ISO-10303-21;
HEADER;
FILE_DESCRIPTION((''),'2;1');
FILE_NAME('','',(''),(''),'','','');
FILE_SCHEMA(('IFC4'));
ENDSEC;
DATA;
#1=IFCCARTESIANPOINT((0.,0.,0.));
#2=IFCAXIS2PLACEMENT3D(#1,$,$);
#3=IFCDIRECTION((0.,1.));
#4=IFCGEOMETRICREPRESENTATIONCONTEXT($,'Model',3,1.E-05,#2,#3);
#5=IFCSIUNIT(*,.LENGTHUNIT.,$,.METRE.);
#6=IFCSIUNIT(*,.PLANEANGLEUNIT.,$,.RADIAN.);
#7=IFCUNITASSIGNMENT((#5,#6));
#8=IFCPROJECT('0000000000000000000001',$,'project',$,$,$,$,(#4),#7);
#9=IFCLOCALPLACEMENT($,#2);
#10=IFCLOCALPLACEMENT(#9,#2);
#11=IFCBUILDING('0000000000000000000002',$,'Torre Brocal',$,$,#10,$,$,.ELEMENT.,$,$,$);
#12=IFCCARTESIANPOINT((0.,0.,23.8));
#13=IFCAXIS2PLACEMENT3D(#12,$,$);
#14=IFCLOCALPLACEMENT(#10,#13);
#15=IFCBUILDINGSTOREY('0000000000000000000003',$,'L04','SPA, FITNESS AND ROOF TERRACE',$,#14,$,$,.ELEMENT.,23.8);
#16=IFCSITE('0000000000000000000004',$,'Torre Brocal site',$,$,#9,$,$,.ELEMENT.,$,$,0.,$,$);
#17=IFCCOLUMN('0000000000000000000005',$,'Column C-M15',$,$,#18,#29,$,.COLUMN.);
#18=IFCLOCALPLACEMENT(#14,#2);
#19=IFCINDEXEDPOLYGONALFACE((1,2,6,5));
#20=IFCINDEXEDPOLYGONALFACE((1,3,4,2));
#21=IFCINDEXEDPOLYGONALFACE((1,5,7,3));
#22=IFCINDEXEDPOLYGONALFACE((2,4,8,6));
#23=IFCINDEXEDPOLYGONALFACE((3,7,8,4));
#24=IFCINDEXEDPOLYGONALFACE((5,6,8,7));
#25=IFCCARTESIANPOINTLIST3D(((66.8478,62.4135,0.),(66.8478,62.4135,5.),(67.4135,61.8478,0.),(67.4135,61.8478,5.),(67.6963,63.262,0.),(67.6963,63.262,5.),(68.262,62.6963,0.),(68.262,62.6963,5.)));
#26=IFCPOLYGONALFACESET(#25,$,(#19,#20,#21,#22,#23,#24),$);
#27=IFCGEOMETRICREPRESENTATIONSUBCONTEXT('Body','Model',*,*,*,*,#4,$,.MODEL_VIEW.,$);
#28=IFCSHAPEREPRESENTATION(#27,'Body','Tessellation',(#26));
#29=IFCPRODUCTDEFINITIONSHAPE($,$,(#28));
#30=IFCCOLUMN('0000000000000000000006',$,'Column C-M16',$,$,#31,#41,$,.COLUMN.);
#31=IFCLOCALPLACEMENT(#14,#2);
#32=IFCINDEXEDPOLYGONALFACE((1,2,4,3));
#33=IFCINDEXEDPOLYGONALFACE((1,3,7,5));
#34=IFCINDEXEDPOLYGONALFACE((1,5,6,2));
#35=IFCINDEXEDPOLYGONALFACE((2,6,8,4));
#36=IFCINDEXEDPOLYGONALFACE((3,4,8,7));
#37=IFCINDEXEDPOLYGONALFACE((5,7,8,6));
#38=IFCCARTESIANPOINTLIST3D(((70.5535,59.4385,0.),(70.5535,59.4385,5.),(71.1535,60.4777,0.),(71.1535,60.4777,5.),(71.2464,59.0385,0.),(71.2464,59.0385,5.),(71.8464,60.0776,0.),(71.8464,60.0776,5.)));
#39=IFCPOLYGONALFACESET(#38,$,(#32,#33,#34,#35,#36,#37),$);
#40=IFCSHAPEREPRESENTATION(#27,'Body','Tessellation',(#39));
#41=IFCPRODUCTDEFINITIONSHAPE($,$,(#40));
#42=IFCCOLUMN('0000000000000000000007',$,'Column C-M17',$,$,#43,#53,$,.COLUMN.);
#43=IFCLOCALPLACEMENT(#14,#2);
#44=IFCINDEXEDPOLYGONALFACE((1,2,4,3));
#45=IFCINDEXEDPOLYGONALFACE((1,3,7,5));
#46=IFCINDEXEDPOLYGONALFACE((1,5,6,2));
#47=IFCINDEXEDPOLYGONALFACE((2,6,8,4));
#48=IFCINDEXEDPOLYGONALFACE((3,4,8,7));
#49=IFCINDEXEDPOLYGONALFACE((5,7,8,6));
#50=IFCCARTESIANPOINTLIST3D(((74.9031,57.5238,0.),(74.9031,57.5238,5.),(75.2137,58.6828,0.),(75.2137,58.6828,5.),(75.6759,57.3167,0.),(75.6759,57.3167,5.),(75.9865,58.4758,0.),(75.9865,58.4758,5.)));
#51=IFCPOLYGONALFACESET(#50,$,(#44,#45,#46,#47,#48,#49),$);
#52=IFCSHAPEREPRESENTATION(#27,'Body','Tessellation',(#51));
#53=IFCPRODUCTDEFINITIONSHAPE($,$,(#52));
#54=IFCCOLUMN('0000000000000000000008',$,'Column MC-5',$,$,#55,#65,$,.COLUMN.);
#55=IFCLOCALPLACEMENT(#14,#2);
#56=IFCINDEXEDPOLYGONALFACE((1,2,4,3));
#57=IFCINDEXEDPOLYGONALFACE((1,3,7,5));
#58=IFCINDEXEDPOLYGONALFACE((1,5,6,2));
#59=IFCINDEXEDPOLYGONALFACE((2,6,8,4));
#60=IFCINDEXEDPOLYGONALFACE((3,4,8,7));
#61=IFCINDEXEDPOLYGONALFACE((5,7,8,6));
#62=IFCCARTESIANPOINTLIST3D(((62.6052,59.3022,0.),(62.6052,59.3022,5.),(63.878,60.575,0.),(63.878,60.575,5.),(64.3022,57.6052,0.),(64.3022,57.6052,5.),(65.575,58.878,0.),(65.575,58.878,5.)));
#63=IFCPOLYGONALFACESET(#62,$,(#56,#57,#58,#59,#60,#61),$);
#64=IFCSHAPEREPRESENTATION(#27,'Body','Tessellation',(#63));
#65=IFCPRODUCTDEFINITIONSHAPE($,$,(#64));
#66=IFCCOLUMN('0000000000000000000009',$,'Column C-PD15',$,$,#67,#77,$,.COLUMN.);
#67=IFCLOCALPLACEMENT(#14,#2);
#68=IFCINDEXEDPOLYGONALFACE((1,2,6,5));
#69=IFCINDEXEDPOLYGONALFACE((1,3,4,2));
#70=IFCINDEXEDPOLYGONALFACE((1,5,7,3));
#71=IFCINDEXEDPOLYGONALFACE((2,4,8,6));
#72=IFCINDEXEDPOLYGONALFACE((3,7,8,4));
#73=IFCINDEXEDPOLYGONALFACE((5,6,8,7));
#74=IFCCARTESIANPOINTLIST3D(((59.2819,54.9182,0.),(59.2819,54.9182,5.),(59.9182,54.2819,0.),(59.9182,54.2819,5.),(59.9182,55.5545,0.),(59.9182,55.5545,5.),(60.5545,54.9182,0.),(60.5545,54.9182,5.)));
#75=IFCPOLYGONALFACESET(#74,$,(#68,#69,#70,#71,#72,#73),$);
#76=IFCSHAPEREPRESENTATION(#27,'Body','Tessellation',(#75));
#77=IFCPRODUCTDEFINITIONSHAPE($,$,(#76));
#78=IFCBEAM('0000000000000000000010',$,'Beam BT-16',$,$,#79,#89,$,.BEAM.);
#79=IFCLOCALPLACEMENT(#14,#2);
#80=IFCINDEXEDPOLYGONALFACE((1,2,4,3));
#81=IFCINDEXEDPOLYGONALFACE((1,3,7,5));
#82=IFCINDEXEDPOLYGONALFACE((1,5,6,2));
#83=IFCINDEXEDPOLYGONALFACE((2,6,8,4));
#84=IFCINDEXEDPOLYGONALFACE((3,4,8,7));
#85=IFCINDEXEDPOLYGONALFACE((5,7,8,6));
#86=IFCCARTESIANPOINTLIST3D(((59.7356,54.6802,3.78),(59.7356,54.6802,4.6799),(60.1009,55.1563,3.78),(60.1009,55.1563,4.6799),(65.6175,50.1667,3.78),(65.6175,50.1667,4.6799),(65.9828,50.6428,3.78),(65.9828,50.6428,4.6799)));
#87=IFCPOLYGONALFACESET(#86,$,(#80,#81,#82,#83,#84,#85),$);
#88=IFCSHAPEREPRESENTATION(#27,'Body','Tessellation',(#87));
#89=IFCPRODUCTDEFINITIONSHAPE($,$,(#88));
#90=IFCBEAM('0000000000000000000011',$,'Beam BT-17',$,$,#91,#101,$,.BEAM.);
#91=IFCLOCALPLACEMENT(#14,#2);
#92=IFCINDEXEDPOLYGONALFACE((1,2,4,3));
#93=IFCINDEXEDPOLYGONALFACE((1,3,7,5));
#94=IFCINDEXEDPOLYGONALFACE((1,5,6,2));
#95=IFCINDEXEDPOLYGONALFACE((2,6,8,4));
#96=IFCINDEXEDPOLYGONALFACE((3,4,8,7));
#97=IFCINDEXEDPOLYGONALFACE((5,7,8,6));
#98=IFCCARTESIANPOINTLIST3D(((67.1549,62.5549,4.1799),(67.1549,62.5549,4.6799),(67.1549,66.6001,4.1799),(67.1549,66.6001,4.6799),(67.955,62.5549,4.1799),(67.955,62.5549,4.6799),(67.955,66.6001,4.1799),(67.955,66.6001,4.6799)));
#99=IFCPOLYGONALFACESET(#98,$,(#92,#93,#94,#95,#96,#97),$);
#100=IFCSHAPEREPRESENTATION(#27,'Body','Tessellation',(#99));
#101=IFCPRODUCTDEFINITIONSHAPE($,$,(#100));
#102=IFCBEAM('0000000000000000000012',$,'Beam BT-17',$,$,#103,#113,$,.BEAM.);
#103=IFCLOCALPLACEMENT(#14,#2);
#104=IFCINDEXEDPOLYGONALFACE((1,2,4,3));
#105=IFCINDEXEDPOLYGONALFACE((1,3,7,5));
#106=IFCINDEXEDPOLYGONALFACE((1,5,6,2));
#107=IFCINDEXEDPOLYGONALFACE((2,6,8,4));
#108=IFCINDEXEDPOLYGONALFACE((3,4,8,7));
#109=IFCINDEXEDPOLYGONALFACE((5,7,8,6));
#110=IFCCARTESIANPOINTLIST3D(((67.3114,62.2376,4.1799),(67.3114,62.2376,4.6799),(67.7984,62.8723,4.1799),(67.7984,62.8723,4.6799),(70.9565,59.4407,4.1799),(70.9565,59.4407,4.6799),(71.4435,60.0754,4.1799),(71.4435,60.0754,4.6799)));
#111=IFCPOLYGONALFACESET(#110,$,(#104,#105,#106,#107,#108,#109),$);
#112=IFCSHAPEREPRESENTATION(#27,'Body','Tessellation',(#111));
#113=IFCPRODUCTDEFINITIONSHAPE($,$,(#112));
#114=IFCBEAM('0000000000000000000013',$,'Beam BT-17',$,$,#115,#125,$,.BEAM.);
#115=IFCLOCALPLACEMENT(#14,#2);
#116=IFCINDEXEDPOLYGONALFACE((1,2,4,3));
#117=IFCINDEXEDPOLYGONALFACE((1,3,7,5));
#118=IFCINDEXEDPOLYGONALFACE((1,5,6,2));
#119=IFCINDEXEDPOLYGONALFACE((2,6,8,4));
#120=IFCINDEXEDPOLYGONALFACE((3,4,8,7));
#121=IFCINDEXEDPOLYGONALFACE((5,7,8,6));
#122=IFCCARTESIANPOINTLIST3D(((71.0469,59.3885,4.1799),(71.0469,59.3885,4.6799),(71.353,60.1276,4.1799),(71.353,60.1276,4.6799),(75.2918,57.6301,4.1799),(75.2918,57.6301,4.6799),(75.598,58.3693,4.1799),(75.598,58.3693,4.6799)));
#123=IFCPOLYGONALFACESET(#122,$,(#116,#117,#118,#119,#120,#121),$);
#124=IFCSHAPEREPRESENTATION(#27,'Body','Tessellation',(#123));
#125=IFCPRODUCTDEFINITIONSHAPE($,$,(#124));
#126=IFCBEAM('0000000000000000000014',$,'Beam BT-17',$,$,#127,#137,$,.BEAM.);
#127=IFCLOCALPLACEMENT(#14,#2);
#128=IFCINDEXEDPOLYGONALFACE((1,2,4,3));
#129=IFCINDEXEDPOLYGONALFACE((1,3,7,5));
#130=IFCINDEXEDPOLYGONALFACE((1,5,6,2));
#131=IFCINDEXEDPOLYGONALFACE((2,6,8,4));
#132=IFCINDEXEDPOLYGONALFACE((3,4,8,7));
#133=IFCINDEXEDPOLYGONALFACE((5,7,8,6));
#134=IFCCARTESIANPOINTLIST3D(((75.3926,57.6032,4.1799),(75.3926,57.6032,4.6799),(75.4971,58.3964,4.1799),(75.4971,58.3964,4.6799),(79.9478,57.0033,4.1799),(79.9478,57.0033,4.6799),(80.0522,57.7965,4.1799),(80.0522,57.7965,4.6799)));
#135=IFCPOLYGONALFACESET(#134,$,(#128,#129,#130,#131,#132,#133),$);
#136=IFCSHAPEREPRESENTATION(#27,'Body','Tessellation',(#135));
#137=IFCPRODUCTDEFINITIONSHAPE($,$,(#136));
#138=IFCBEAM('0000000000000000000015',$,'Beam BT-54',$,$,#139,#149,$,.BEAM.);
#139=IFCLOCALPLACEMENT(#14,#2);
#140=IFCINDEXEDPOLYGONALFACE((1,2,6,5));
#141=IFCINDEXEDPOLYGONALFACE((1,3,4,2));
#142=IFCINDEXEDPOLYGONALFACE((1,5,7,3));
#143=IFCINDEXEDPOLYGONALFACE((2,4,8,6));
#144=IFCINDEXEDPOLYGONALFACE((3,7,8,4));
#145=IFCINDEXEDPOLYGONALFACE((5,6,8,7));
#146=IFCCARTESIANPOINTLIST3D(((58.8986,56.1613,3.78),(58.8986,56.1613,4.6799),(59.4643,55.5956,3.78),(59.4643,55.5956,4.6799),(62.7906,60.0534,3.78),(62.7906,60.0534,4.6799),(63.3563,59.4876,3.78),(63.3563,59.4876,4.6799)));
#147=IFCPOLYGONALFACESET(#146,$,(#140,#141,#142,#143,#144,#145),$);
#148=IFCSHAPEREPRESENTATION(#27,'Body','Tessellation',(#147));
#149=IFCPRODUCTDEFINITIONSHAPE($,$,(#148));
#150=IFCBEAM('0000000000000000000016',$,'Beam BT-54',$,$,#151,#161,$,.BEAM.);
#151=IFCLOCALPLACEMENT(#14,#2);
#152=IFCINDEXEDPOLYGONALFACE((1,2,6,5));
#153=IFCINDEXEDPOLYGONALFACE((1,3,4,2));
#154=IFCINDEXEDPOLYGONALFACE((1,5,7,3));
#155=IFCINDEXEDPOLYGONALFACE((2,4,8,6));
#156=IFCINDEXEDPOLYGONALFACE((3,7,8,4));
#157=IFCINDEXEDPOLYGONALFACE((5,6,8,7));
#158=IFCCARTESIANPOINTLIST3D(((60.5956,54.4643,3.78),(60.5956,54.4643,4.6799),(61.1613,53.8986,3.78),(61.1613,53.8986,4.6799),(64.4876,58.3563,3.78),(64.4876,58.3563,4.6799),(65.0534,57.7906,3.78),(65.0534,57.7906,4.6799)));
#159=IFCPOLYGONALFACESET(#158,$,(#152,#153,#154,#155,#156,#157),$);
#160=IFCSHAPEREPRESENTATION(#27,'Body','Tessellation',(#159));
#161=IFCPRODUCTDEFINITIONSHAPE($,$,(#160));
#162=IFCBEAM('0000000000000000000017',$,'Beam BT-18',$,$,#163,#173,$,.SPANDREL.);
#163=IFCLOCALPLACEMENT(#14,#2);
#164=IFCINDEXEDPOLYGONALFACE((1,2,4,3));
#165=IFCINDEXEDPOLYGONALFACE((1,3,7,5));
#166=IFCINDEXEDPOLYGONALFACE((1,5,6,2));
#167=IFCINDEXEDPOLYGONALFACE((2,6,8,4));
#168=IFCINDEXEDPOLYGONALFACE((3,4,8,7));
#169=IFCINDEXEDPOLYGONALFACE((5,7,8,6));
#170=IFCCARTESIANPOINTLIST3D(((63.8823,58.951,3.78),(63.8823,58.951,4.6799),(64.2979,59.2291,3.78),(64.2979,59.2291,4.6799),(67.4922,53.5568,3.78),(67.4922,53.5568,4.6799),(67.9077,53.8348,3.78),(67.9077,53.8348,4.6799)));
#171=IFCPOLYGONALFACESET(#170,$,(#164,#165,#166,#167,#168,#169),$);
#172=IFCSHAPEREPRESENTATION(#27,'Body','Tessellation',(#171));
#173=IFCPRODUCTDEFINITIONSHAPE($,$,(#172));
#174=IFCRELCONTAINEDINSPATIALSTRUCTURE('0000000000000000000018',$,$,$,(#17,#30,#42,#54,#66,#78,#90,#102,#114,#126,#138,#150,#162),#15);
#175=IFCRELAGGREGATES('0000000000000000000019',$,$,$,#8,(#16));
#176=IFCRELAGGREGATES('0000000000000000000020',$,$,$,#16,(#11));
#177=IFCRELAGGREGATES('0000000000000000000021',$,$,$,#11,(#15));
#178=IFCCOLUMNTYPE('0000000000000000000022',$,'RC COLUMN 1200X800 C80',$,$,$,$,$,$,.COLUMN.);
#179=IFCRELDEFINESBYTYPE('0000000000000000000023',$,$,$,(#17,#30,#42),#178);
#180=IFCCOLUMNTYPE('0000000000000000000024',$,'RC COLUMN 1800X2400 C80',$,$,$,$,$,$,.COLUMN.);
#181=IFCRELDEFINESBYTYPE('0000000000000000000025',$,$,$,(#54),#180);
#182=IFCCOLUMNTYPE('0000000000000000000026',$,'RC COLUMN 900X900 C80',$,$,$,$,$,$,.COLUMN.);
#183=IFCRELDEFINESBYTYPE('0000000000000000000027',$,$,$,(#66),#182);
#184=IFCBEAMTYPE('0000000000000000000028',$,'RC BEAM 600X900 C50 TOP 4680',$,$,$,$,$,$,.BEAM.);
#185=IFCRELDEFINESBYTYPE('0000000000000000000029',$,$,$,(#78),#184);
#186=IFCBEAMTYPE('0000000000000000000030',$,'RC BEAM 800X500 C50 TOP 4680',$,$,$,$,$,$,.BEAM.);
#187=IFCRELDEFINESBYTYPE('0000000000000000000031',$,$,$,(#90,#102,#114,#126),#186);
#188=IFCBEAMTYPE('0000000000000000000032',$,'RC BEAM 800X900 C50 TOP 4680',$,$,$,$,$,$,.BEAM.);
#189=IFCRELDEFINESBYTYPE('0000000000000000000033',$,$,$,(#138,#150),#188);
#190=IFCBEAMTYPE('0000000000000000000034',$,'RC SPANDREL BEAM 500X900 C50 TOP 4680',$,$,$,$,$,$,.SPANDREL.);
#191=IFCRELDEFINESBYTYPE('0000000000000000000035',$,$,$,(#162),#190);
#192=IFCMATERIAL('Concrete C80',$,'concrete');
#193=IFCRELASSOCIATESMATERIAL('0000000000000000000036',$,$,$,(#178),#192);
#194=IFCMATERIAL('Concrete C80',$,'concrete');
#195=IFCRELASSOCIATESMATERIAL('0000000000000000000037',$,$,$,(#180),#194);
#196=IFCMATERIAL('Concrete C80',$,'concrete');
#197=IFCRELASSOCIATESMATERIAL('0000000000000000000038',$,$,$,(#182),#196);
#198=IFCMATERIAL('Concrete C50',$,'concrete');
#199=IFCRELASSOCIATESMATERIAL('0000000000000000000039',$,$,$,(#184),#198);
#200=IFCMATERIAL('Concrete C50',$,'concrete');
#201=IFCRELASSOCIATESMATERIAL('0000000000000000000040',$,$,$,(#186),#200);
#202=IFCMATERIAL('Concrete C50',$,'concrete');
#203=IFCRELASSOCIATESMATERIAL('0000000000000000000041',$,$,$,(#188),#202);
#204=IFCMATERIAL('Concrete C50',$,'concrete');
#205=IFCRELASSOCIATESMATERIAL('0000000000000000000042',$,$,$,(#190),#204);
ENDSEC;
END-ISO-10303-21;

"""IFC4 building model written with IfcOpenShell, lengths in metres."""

from ifc_helpers import new_model, si_unit, direction, frame, origin, origin_2d, place, context, subcontext, project, spatial, rectangle, extrude, material, material_profile, profile_set, type_object, element, save


model = new_model("IFC4")

# Units and contexts
model_context = context("Model", 3, precision=1e-05, world=origin(), true_north=direction((0.0, 1.0)))
body_context = subcontext(model_context, "Body", "Model", "MODEL_VIEW")
ifc_project = project(units=[si_unit("LENGTHUNIT", "METRE"), si_unit("PLANEANGLEUNIT", "RADIAN")], contexts=[model_context])

# Site, building, storey
site_placement = place(None, origin())
site = spatial("IfcSite", under=ifc_project, at=site_placement, Name="Torre Brocal site", CompositionType="ELEMENT", RefElevation=0.0)
building_placement = place(site_placement, origin())
building = spatial("IfcBuilding", under=site, at=building_placement, Name="Torre Brocal", CompositionType="ELEMENT")
storey_placement = place(building_placement, frame((0.0, 0.0, 23.8)))
storey = spatial("IfcBuildingStorey", under=building, at=storey_placement, Name="L04", Description="SPA, FITNESS AND ROOF TERRACE", CompositionType="ELEMENT", Elevation=23.8)

# Columns
ifc_material_1 = material(Name="Concrete C80", Category="concrete")
ifc_material_profile_1 = material_profile(ifc_material_1, rectangle(XDim=1.2, YDim=0.8, at=origin_2d()), Name="RC 1200X800")
ifc_profile_set_1 = profile_set([ifc_material_profile_1], Name="Concrete C80")
column_type_1 = type_object("IfcColumnType", Name="RC COLUMN 1200X800 C80", PredefinedType="COLUMN", material=ifc_profile_set_1)
for number, where, z_axis, x_axis, name in (
    (1, (67.5549, 62.5549, 0.0), (0.0, 0.0, 1.0), (-0.707107, -0.707107, 0.0), "Column C-M15"),
    (2, (71.2, 59.7581, 0.0), (0.0, 0.0, 1.0), (-0.5, -0.866025, 0.0), "Column C-M16"),
    (3, (75.4448, 57.9998, 0.0), (0.0, 0.0, 1.0), (-0.258819, -0.965926, 0.0), "Column C-M17"),
):
    element("IfcColumn", number, at=place(storey_placement, frame(where, z_axis=z_axis, x_axis=x_axis)), inside=storey, type_object=column_type_1, Name=name, PredefinedType="COLUMN", context=body_context, shape_type="SweptSolid", body=[
        extrude(rectangle(XDim=1.2, YDim=0.8, at=origin_2d()), origin(), (0.0, 0.0, 1.0), 5.0),
    ])
ifc_material_2 = material(Name="Concrete C80", Category="concrete")
ifc_material_profile_2 = material_profile(ifc_material_2, rectangle(XDim=1.8, YDim=2.3999, at=origin_2d()), Name="RC 1800X2400")
ifc_profile_set_2 = profile_set([ifc_material_profile_2], Name="Concrete C80")
column_type_2 = type_object("IfcColumnType", Name="RC COLUMN 1800X2400 C80", PredefinedType="COLUMN", material=ifc_profile_set_2)
column_1_placement = place(storey_placement, frame((64.0901, 59.0901, 0.0), z_axis=(0.0, 0.0, 1.0), x_axis=(-0.707107, -0.707107, 0.0)))
element("IfcColumn", 4, at=column_1_placement, inside=storey, type_object=column_type_2, Name="Column MC-5", PredefinedType="COLUMN", context=body_context, shape_type="SweptSolid", body=[
    extrude(rectangle(XDim=1.8, YDim=2.3999, at=origin_2d()), origin(), (0.0, 0.0, 1.0), 5.0),
])
ifc_material_3 = material(Name="Concrete C80", Category="concrete")
ifc_material_profile_3 = material_profile(ifc_material_3, rectangle(XDim=0.8999, YDim=0.8999, at=origin_2d()), Name="RC 900X900")
ifc_profile_set_3 = profile_set([ifc_material_profile_3], Name="Concrete C80")
column_type_3 = type_object("IfcColumnType", Name="RC COLUMN 900X900 C80", PredefinedType="COLUMN", material=ifc_profile_set_3)
column_2_placement = place(storey_placement, frame((59.9182, 54.9182, 0.0), z_axis=(0.0, 0.0, 1.0), x_axis=(-0.707107, -0.707107, 0.0)))
element("IfcColumn", 5, at=column_2_placement, inside=storey, type_object=column_type_3, Name="Column C-PD15", PredefinedType="COLUMN", context=body_context, shape_type="SweptSolid", body=[
    extrude(rectangle(XDim=0.8999, YDim=0.8999, at=origin_2d()), origin(), (0.0, 0.0, 1.0), 5.0),
])

# Beams
ifc_material_4 = material(Name="Concrete C50", Category="concrete")
ifc_material_profile_4 = material_profile(ifc_material_4, rectangle(XDim=0.6001, YDim=0.8999, at=origin_2d()), Name="RC 600X900")
ifc_profile_set_4 = profile_set([ifc_material_profile_4], Name="Concrete C50")
beam_type_1 = type_object("IfcBeamType", Name="RC BEAM 600X900 C50 TOP 4680", PredefinedType="BEAM", material=ifc_profile_set_4)
beam_1_placement = place(storey_placement, frame((59.9182, 54.9182, 4.23), z_axis=(0.793344, -0.608773, 0.0), x_axis=(0.608773, 0.793344, 0.0)))
element("IfcBeam", 6, at=beam_1_placement, inside=storey, type_object=beam_type_1, Name="Beam BT-16", PredefinedType="BEAM", context=body_context, shape_type="SweptSolid", body=[
    extrude(rectangle(XDim=0.6001, YDim=0.8999, at=origin_2d()), origin(), (0.0, 0.0, 1.0), 7.4141),
])
ifc_material_5 = material(Name="Concrete C50", Category="concrete")
ifc_material_profile_5 = material_profile(ifc_material_5, rectangle(XDim=0.8, YDim=0.5, at=origin_2d()), Name="RC 800X500")
ifc_profile_set_5 = profile_set([ifc_material_profile_5], Name="Concrete C50")
beam_type_2 = type_object("IfcBeamType", Name="RC BEAM 800X500 C50 TOP 4680", PredefinedType="BEAM", material=ifc_profile_set_5)
beam_2_placement = place(storey_placement, frame((67.5549, 62.5549, 4.4299), z_axis=(0.0, 1.0, 0.0), x_axis=(-1.0, 0.0, 0.0)))
element("IfcBeam", 7, at=beam_2_placement, inside=storey, type_object=beam_type_2, Name="Beam BT-17", PredefinedType="BEAM", context=body_context, shape_type="SweptSolid", body=[
    extrude(rectangle(XDim=0.8, YDim=0.5, at=origin_2d()), origin(), (0.0, 0.0, 1.0), 4.0452),
])
beam_3_placement = place(storey_placement, frame((67.5549, 62.5549, 4.4299), z_axis=(0.793358, -0.608755, 0.0), x_axis=(0.608755, 0.793358, 0.0)))
element("IfcBeam", 8, at=beam_3_placement, inside=storey, type_object=beam_type_2, Name="Beam BT-17", PredefinedType="BEAM", context=body_context, shape_type="SweptSolid", body=[
    extrude(rectangle(XDim=0.8, YDim=0.5, at=origin_2d()), origin(), (0.0, 0.0, 1.0), 4.5945),
])
beam_4_placement = place(storey_placement, frame((71.2, 59.7581, 4.4299), z_axis=(0.923878, -0.382687, 0.0), x_axis=(0.382687, 0.923878, 0.0)))
element("IfcBeam", 9, at=beam_4_placement, inside=storey, type_object=beam_type_2, Name="Beam BT-17", PredefinedType="BEAM", context=body_context, shape_type="SweptSolid", body=[
    extrude(rectangle(XDim=0.8, YDim=0.5, at=origin_2d()), origin(), (0.0, 0.0, 1.0), 4.5947),
])
beam_5_placement = place(storey_placement, frame((75.4448, 57.9998, 4.4299), z_axis=(0.991441, -0.130559, 0.0), x_axis=(0.130559, 0.991441, 0.0)))
element("IfcBeam", 10, at=beam_5_placement, inside=storey, type_object=beam_type_2, Name="Beam BT-17", PredefinedType="BEAM", context=body_context, shape_type="SweptSolid", body=[
    extrude(rectangle(XDim=0.8, YDim=0.5, at=origin_2d()), origin(), (0.0, 0.0, 1.0), 4.5945),
])
ifc_material_6 = material(Name="Concrete C50", Category="concrete")
ifc_material_profile_6 = material_profile(ifc_material_6, rectangle(XDim=0.8, YDim=0.8999, at=origin_2d()), Name="RC 800X900")
ifc_profile_set_6 = profile_set([ifc_material_profile_6], Name="Concrete C50")
beam_type_3 = type_object("IfcBeamType", Name="RC BEAM 800X900 C50 TOP 4680", PredefinedType="BEAM", material=ifc_profile_set_6)
for number, where, z_axis, x_axis, name in (
    (11, (63.0735, 59.7705, 4.23), (-0.707107, -0.707107, 0.0), (0.707107, -0.707107, 0.0), "Beam BT-54"),
    (12, (64.7705, 58.0735, 4.23), (-0.707107, -0.707107, 0.0), (0.707107, -0.707107, 0.0), "Beam BT-54"),
):
    element("IfcBeam", number, at=place(storey_placement, frame(where, z_axis=z_axis, x_axis=x_axis)), inside=storey, type_object=beam_type_3, Name=name, PredefinedType="BEAM", context=body_context, shape_type="SweptSolid", body=[
        extrude(rectangle(XDim=0.8, YDim=0.8999, at=origin_2d()), origin(), (0.0, 0.0, 1.0), 5.5042),
    ])
ifc_material_7 = material(Name="Concrete C50", Category="concrete")
ifc_material_profile_7 = material_profile(ifc_material_7, rectangle(XDim=0.5, YDim=0.8999, at=origin_2d()), Name="RC 500X900")
ifc_profile_set_7 = profile_set([ifc_material_profile_7], Name="Concrete C50")
beam_type_4 = type_object("IfcBeamType", Name="RC SPANDREL BEAM 500X900 C50 TOP 4680", PredefinedType="SPANDREL", material=ifc_profile_set_7)
beam_6_placement = place(storey_placement, frame((64.0901, 59.0901, 4.23), z_axis=(0.556158, -0.831077, 0.0), x_axis=(0.831077, 0.556158, 0.0)))
element("IfcBeam", 13, at=beam_6_placement, inside=storey, type_object=beam_type_4, Name="Beam BT-18", PredefinedType="SPANDREL", context=body_context, shape_type="SweptSolid", body=[
    extrude(rectangle(XDim=0.5, YDim=0.8999, at=origin_2d()), origin(), (0.0, 0.0, 1.0), 6.4907),
])

save(model, "model.ifc")
